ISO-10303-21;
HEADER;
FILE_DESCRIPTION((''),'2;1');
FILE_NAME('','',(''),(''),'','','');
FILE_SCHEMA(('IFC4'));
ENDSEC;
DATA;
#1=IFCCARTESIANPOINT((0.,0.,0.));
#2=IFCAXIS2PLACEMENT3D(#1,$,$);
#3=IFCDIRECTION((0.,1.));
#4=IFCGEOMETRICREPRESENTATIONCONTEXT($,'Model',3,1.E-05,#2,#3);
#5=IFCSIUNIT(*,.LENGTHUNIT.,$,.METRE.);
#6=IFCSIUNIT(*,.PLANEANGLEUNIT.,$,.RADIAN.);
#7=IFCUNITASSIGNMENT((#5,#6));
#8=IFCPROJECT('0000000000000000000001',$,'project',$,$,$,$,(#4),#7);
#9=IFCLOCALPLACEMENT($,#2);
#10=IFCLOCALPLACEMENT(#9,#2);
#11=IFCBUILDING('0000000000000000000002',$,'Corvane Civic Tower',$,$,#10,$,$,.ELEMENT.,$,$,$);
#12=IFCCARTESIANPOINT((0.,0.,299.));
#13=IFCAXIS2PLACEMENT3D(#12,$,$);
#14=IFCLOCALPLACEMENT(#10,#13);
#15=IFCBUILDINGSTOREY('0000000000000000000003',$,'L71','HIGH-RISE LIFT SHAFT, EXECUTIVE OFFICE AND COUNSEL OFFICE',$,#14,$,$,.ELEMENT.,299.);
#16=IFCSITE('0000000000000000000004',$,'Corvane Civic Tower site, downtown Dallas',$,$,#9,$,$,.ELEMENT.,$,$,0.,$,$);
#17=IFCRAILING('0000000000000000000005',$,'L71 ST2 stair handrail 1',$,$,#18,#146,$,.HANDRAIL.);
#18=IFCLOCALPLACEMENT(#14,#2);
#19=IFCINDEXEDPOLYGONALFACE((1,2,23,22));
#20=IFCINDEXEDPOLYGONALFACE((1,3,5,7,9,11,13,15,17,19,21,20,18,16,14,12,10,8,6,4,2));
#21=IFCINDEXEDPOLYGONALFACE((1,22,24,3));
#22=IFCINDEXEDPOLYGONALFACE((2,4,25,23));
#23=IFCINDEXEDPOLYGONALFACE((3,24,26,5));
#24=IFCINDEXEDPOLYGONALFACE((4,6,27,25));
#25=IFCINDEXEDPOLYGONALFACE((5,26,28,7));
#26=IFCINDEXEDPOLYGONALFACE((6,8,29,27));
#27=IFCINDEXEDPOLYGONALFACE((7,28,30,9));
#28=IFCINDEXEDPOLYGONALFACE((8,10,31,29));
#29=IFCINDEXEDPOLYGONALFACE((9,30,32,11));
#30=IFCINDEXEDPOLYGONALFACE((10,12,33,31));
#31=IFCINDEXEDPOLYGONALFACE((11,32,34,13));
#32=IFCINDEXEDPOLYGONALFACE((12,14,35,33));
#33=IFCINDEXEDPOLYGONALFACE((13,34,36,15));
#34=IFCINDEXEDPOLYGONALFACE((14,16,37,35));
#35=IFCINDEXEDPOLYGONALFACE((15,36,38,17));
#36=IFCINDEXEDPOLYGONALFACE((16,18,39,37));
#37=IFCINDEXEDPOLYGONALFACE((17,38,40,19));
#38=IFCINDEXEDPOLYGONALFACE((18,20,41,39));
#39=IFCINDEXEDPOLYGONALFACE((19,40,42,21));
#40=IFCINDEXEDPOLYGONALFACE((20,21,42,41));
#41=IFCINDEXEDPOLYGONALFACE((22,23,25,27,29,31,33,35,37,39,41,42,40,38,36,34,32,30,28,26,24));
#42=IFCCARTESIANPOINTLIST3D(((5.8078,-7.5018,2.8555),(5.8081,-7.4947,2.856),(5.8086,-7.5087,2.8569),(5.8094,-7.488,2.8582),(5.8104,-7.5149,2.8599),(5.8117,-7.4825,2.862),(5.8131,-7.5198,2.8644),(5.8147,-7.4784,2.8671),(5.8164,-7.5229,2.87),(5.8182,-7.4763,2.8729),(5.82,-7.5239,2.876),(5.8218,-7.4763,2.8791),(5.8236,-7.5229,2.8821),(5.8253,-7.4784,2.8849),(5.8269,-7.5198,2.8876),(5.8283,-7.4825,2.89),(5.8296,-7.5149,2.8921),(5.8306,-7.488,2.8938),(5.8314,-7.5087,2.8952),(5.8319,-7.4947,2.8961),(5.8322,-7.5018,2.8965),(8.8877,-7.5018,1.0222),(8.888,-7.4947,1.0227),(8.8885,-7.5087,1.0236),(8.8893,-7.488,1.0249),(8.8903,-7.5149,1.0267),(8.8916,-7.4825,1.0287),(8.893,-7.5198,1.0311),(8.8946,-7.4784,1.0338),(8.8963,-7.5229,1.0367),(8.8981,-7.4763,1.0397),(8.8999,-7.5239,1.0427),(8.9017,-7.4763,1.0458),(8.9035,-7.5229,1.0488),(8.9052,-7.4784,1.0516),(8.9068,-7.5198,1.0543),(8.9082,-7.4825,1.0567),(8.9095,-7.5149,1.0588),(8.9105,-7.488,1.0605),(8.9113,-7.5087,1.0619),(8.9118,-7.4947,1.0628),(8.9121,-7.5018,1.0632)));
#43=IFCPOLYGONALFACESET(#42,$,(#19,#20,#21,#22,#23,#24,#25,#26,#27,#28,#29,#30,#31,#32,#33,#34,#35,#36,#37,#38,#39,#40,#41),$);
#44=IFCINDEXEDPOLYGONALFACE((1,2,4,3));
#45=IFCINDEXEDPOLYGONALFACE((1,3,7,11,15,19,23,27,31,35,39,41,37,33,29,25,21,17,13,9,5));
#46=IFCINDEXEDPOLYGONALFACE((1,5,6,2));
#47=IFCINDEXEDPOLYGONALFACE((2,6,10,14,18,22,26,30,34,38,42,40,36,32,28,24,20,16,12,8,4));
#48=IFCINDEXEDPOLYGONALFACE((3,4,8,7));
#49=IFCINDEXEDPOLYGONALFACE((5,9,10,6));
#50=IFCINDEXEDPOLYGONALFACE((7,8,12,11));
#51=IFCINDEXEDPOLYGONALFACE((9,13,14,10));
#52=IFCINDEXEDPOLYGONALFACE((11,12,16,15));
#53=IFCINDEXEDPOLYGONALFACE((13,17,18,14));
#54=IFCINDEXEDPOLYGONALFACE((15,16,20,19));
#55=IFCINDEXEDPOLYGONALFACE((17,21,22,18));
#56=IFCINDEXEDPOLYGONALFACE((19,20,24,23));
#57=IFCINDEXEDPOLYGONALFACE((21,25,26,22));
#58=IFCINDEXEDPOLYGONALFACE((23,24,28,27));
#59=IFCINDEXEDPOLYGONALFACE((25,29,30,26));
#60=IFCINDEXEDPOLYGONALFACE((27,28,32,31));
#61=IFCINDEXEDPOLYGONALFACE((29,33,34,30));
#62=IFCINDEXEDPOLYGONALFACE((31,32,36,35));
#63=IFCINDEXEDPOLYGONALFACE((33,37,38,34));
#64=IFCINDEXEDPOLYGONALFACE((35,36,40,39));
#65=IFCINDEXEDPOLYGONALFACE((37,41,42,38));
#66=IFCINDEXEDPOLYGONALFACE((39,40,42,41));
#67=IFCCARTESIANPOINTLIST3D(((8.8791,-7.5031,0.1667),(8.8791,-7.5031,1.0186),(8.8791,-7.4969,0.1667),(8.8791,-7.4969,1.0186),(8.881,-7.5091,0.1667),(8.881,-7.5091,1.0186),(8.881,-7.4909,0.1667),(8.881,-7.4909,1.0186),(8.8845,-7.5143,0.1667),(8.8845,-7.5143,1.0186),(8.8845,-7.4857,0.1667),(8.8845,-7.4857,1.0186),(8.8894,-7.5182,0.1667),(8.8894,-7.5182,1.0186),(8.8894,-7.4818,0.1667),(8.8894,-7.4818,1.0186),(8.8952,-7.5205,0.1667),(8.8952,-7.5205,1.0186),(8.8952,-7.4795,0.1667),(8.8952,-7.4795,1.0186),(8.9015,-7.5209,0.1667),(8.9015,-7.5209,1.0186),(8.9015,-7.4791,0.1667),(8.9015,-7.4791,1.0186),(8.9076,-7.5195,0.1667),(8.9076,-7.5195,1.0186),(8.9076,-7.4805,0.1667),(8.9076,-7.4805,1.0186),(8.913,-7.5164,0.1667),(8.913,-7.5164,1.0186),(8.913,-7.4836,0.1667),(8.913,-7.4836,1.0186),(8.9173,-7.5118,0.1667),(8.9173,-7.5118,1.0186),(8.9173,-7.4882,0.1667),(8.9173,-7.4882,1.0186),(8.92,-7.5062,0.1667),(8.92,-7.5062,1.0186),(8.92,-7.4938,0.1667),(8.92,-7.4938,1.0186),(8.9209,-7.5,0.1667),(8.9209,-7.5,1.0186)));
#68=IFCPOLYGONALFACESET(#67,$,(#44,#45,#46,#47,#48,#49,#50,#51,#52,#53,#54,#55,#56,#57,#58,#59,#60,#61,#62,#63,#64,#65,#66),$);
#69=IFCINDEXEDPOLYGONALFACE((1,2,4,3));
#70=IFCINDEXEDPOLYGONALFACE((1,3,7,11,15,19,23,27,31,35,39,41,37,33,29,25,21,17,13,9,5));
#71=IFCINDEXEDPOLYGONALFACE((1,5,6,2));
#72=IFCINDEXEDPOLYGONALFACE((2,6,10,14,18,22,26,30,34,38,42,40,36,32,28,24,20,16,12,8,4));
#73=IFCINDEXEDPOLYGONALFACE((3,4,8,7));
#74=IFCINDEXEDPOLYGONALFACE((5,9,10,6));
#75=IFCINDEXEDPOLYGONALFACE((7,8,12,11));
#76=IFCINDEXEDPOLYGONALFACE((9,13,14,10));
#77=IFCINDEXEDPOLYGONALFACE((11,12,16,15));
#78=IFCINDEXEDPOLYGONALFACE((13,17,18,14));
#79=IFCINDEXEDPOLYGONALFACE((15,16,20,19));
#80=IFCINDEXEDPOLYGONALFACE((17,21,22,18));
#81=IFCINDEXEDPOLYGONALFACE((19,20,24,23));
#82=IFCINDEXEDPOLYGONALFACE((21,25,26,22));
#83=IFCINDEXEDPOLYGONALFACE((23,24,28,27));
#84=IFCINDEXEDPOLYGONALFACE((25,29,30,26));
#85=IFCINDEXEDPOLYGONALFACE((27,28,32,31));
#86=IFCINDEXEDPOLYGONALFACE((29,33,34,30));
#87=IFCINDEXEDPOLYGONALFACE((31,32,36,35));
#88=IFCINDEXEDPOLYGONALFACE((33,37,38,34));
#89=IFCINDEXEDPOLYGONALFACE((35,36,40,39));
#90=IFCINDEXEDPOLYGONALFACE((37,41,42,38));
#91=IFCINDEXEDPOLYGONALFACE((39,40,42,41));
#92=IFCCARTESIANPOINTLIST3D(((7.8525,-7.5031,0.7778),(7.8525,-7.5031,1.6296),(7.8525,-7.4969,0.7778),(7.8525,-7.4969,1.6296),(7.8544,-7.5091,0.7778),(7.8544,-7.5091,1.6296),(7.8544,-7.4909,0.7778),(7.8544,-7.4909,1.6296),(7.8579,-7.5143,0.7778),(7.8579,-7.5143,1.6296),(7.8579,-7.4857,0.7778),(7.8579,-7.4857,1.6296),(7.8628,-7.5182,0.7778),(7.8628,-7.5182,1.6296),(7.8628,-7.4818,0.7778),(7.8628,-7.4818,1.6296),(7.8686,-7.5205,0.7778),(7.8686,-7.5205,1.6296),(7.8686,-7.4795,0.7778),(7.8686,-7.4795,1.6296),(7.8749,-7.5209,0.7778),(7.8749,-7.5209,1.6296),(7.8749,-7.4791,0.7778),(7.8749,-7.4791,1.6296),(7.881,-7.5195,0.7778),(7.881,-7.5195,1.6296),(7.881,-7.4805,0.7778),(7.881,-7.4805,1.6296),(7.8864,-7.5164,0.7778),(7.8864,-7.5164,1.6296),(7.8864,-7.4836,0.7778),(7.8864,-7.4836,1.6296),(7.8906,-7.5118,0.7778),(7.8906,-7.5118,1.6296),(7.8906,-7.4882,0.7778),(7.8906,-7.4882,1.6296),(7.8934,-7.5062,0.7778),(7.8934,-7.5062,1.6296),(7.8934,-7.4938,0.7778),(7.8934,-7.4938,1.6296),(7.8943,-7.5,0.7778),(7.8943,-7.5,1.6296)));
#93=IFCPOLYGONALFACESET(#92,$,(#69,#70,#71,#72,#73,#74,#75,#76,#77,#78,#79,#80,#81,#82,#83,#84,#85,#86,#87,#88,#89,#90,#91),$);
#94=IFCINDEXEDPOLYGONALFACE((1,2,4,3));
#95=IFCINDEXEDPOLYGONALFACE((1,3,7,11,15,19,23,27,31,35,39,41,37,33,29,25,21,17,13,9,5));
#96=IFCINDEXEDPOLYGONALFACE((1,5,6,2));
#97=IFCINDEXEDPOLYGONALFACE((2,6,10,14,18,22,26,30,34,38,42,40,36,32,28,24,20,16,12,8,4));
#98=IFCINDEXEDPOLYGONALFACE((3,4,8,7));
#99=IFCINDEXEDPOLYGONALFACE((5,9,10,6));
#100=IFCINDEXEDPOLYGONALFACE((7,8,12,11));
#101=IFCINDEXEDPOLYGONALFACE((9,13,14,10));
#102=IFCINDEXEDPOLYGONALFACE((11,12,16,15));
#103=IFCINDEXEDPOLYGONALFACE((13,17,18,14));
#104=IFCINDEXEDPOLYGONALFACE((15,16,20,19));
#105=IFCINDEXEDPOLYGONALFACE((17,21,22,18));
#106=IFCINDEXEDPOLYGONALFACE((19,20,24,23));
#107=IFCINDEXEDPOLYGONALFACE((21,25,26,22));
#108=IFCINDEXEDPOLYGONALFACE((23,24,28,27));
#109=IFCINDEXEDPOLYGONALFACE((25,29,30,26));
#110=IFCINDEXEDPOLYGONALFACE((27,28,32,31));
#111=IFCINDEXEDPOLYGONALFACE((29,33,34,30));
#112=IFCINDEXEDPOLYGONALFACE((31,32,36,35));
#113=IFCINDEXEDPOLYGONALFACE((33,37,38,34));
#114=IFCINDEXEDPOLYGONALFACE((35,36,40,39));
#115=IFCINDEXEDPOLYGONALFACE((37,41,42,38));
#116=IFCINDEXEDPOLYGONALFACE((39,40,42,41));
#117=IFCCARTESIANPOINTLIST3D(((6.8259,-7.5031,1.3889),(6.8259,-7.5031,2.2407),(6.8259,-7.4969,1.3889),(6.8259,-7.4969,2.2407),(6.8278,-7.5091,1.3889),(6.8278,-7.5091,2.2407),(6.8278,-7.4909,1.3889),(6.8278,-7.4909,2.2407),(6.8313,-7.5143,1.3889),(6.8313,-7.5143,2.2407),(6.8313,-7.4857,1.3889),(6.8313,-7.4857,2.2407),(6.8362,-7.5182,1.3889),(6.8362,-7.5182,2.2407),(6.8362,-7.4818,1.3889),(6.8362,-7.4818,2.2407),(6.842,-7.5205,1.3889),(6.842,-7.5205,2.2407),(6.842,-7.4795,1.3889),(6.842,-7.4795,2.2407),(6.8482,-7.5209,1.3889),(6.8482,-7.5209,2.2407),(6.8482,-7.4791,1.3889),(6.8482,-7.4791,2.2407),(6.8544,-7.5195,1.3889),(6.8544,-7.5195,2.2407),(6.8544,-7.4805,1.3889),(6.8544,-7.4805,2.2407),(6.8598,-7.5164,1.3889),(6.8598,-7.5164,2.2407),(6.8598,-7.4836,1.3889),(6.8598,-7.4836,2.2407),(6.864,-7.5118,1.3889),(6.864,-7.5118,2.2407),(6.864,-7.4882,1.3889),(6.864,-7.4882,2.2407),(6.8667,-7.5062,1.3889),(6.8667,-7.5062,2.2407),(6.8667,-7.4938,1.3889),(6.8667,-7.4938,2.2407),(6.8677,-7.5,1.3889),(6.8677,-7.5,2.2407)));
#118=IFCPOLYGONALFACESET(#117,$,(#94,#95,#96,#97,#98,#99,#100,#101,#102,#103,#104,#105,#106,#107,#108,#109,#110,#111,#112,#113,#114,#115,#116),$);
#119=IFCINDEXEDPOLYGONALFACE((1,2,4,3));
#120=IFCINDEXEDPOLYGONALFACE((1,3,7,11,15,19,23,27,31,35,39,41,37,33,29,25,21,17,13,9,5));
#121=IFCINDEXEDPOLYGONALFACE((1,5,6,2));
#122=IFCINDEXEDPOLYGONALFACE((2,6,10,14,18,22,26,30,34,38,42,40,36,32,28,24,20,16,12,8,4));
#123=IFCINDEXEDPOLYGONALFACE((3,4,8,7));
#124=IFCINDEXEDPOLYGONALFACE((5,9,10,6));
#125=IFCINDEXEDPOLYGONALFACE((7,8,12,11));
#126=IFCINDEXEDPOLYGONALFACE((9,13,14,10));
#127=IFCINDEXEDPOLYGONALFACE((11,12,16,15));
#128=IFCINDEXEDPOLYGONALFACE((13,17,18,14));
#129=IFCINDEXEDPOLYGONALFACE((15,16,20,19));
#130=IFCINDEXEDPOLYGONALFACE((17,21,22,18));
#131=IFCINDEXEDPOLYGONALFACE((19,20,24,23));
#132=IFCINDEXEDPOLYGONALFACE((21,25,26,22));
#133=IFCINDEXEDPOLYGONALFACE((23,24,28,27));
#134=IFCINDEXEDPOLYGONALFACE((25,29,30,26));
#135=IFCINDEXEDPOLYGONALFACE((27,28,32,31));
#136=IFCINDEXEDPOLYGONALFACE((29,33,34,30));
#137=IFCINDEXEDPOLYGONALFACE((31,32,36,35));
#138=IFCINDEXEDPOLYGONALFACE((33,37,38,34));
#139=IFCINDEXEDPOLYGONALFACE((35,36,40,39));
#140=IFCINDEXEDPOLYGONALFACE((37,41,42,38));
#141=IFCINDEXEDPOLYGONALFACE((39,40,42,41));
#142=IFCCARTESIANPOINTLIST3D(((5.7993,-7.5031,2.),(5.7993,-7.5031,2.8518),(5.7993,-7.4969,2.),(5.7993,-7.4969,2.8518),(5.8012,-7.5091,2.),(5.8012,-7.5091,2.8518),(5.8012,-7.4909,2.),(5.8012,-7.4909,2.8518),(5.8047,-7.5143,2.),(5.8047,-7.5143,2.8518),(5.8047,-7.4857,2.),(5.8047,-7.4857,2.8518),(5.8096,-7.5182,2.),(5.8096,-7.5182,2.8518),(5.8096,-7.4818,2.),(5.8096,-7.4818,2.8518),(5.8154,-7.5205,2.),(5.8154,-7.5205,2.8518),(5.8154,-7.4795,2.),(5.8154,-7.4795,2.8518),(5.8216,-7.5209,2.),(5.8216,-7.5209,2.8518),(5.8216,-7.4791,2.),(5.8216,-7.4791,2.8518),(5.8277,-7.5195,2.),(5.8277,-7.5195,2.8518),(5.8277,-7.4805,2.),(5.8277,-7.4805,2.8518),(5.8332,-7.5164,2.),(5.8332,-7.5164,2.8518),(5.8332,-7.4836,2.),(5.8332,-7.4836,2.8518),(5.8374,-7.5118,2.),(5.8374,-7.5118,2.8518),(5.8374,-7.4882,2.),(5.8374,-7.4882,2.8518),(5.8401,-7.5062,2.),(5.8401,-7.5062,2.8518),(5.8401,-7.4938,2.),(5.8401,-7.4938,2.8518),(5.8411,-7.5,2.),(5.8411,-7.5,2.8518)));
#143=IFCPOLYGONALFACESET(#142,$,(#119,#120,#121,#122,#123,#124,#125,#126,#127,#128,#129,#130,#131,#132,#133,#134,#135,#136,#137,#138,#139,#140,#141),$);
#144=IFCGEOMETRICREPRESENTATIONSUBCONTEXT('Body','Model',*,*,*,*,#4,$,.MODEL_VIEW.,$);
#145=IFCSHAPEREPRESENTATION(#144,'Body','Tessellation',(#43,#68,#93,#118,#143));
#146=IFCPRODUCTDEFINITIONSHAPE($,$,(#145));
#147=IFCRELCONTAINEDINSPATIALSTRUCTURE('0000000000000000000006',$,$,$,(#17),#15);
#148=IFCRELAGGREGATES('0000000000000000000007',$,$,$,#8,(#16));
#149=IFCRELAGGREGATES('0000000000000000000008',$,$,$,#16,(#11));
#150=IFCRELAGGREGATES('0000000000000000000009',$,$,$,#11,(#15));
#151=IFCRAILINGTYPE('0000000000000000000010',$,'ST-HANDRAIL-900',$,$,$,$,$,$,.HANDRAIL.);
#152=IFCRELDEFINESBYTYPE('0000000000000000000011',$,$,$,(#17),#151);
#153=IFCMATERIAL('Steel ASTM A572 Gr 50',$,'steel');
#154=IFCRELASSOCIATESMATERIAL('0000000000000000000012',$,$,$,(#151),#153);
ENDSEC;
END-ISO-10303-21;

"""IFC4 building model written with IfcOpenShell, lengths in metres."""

from ifc_helpers import new_model, si_unit, direction, frame, origin, origin_2d, place, context, subcontext, project, spatial, circle, extrude, material, type_object, element, save


model = new_model("IFC4")

# Units and contexts
model_context = context("Model", 3, precision=1e-05, world=origin(), true_north=direction((0.0, 1.0)))
body_context = subcontext(model_context, "Body", "Model", "MODEL_VIEW")
ifc_project = project(units=[si_unit("LENGTHUNIT", "METRE"), si_unit("PLANEANGLEUNIT", "RADIAN")], contexts=[model_context])

# Site, building, storey
site_placement = place(None, origin())
site = spatial("IfcSite", under=ifc_project, at=site_placement, Name="Corvane Civic Tower site, downtown Dallas", CompositionType="ELEMENT", RefElevation=0.0)
building_placement = place(site_placement, origin())
building = spatial("IfcBuilding", under=site, at=building_placement, Name="Corvane Civic Tower", CompositionType="ELEMENT")
storey_placement = place(building_placement, frame((0.0, 0.0, 299.0)))
storey = spatial("IfcBuildingStorey", under=building, at=storey_placement, Name="L71", Description="HIGH-RISE LIFT SHAFT, EXECUTIVE OFFICE AND COUNSEL OFFICE", CompositionType="ELEMENT", Elevation=299.0)

# Railing
ifc_material_1 = material(Name="Steel ASTM A572 Gr 50", Category="steel")
railing_type_1 = type_object("IfcRailingType", Name="ST-HANDRAIL-900", PredefinedType="HANDRAIL", material=ifc_material_1)
railing_1_placement = place(storey_placement, frame((8.8999, -7.5, 0.1667)))
element("IfcRailing", 1, at=railing_1_placement, inside=storey, type_object=railing_type_1, Name="L71 ST2 stair handrail 1", PredefinedType="HANDRAIL", context=body_context, shape_type="SweptSolid", body=[
    extrude(circle(Radius=0.0239, at=origin_2d()), frame((0.0, 0.0, 0.876), z_axis=(-0.859291, 0.0, 0.511487), x_axis=(0.0, -1.0, 0.0)), (0.0, 0.0, 1.0), 3.5842),
    extrude(circle(Radius=0.021, at=origin_2d()), origin(), (0.0, 0.0, 1.0), 0.8518),
    extrude(circle(Radius=0.021, at=origin_2d()), frame((-1.0266, 0.0, 0.6111)), (0.0, 0.0, 1.0), 0.8518),
    extrude(circle(Radius=0.021, at=origin_2d()), frame((-2.0532, 0.0, 1.2222)), (0.0, 0.0, 1.0), 0.8518),
    extrude(circle(Radius=0.021, at=origin_2d()), frame((-3.0798, 0.0, 1.8333)), (0.0, 0.0, 1.0), 0.8518),
])

save(model, "model.ifc")
